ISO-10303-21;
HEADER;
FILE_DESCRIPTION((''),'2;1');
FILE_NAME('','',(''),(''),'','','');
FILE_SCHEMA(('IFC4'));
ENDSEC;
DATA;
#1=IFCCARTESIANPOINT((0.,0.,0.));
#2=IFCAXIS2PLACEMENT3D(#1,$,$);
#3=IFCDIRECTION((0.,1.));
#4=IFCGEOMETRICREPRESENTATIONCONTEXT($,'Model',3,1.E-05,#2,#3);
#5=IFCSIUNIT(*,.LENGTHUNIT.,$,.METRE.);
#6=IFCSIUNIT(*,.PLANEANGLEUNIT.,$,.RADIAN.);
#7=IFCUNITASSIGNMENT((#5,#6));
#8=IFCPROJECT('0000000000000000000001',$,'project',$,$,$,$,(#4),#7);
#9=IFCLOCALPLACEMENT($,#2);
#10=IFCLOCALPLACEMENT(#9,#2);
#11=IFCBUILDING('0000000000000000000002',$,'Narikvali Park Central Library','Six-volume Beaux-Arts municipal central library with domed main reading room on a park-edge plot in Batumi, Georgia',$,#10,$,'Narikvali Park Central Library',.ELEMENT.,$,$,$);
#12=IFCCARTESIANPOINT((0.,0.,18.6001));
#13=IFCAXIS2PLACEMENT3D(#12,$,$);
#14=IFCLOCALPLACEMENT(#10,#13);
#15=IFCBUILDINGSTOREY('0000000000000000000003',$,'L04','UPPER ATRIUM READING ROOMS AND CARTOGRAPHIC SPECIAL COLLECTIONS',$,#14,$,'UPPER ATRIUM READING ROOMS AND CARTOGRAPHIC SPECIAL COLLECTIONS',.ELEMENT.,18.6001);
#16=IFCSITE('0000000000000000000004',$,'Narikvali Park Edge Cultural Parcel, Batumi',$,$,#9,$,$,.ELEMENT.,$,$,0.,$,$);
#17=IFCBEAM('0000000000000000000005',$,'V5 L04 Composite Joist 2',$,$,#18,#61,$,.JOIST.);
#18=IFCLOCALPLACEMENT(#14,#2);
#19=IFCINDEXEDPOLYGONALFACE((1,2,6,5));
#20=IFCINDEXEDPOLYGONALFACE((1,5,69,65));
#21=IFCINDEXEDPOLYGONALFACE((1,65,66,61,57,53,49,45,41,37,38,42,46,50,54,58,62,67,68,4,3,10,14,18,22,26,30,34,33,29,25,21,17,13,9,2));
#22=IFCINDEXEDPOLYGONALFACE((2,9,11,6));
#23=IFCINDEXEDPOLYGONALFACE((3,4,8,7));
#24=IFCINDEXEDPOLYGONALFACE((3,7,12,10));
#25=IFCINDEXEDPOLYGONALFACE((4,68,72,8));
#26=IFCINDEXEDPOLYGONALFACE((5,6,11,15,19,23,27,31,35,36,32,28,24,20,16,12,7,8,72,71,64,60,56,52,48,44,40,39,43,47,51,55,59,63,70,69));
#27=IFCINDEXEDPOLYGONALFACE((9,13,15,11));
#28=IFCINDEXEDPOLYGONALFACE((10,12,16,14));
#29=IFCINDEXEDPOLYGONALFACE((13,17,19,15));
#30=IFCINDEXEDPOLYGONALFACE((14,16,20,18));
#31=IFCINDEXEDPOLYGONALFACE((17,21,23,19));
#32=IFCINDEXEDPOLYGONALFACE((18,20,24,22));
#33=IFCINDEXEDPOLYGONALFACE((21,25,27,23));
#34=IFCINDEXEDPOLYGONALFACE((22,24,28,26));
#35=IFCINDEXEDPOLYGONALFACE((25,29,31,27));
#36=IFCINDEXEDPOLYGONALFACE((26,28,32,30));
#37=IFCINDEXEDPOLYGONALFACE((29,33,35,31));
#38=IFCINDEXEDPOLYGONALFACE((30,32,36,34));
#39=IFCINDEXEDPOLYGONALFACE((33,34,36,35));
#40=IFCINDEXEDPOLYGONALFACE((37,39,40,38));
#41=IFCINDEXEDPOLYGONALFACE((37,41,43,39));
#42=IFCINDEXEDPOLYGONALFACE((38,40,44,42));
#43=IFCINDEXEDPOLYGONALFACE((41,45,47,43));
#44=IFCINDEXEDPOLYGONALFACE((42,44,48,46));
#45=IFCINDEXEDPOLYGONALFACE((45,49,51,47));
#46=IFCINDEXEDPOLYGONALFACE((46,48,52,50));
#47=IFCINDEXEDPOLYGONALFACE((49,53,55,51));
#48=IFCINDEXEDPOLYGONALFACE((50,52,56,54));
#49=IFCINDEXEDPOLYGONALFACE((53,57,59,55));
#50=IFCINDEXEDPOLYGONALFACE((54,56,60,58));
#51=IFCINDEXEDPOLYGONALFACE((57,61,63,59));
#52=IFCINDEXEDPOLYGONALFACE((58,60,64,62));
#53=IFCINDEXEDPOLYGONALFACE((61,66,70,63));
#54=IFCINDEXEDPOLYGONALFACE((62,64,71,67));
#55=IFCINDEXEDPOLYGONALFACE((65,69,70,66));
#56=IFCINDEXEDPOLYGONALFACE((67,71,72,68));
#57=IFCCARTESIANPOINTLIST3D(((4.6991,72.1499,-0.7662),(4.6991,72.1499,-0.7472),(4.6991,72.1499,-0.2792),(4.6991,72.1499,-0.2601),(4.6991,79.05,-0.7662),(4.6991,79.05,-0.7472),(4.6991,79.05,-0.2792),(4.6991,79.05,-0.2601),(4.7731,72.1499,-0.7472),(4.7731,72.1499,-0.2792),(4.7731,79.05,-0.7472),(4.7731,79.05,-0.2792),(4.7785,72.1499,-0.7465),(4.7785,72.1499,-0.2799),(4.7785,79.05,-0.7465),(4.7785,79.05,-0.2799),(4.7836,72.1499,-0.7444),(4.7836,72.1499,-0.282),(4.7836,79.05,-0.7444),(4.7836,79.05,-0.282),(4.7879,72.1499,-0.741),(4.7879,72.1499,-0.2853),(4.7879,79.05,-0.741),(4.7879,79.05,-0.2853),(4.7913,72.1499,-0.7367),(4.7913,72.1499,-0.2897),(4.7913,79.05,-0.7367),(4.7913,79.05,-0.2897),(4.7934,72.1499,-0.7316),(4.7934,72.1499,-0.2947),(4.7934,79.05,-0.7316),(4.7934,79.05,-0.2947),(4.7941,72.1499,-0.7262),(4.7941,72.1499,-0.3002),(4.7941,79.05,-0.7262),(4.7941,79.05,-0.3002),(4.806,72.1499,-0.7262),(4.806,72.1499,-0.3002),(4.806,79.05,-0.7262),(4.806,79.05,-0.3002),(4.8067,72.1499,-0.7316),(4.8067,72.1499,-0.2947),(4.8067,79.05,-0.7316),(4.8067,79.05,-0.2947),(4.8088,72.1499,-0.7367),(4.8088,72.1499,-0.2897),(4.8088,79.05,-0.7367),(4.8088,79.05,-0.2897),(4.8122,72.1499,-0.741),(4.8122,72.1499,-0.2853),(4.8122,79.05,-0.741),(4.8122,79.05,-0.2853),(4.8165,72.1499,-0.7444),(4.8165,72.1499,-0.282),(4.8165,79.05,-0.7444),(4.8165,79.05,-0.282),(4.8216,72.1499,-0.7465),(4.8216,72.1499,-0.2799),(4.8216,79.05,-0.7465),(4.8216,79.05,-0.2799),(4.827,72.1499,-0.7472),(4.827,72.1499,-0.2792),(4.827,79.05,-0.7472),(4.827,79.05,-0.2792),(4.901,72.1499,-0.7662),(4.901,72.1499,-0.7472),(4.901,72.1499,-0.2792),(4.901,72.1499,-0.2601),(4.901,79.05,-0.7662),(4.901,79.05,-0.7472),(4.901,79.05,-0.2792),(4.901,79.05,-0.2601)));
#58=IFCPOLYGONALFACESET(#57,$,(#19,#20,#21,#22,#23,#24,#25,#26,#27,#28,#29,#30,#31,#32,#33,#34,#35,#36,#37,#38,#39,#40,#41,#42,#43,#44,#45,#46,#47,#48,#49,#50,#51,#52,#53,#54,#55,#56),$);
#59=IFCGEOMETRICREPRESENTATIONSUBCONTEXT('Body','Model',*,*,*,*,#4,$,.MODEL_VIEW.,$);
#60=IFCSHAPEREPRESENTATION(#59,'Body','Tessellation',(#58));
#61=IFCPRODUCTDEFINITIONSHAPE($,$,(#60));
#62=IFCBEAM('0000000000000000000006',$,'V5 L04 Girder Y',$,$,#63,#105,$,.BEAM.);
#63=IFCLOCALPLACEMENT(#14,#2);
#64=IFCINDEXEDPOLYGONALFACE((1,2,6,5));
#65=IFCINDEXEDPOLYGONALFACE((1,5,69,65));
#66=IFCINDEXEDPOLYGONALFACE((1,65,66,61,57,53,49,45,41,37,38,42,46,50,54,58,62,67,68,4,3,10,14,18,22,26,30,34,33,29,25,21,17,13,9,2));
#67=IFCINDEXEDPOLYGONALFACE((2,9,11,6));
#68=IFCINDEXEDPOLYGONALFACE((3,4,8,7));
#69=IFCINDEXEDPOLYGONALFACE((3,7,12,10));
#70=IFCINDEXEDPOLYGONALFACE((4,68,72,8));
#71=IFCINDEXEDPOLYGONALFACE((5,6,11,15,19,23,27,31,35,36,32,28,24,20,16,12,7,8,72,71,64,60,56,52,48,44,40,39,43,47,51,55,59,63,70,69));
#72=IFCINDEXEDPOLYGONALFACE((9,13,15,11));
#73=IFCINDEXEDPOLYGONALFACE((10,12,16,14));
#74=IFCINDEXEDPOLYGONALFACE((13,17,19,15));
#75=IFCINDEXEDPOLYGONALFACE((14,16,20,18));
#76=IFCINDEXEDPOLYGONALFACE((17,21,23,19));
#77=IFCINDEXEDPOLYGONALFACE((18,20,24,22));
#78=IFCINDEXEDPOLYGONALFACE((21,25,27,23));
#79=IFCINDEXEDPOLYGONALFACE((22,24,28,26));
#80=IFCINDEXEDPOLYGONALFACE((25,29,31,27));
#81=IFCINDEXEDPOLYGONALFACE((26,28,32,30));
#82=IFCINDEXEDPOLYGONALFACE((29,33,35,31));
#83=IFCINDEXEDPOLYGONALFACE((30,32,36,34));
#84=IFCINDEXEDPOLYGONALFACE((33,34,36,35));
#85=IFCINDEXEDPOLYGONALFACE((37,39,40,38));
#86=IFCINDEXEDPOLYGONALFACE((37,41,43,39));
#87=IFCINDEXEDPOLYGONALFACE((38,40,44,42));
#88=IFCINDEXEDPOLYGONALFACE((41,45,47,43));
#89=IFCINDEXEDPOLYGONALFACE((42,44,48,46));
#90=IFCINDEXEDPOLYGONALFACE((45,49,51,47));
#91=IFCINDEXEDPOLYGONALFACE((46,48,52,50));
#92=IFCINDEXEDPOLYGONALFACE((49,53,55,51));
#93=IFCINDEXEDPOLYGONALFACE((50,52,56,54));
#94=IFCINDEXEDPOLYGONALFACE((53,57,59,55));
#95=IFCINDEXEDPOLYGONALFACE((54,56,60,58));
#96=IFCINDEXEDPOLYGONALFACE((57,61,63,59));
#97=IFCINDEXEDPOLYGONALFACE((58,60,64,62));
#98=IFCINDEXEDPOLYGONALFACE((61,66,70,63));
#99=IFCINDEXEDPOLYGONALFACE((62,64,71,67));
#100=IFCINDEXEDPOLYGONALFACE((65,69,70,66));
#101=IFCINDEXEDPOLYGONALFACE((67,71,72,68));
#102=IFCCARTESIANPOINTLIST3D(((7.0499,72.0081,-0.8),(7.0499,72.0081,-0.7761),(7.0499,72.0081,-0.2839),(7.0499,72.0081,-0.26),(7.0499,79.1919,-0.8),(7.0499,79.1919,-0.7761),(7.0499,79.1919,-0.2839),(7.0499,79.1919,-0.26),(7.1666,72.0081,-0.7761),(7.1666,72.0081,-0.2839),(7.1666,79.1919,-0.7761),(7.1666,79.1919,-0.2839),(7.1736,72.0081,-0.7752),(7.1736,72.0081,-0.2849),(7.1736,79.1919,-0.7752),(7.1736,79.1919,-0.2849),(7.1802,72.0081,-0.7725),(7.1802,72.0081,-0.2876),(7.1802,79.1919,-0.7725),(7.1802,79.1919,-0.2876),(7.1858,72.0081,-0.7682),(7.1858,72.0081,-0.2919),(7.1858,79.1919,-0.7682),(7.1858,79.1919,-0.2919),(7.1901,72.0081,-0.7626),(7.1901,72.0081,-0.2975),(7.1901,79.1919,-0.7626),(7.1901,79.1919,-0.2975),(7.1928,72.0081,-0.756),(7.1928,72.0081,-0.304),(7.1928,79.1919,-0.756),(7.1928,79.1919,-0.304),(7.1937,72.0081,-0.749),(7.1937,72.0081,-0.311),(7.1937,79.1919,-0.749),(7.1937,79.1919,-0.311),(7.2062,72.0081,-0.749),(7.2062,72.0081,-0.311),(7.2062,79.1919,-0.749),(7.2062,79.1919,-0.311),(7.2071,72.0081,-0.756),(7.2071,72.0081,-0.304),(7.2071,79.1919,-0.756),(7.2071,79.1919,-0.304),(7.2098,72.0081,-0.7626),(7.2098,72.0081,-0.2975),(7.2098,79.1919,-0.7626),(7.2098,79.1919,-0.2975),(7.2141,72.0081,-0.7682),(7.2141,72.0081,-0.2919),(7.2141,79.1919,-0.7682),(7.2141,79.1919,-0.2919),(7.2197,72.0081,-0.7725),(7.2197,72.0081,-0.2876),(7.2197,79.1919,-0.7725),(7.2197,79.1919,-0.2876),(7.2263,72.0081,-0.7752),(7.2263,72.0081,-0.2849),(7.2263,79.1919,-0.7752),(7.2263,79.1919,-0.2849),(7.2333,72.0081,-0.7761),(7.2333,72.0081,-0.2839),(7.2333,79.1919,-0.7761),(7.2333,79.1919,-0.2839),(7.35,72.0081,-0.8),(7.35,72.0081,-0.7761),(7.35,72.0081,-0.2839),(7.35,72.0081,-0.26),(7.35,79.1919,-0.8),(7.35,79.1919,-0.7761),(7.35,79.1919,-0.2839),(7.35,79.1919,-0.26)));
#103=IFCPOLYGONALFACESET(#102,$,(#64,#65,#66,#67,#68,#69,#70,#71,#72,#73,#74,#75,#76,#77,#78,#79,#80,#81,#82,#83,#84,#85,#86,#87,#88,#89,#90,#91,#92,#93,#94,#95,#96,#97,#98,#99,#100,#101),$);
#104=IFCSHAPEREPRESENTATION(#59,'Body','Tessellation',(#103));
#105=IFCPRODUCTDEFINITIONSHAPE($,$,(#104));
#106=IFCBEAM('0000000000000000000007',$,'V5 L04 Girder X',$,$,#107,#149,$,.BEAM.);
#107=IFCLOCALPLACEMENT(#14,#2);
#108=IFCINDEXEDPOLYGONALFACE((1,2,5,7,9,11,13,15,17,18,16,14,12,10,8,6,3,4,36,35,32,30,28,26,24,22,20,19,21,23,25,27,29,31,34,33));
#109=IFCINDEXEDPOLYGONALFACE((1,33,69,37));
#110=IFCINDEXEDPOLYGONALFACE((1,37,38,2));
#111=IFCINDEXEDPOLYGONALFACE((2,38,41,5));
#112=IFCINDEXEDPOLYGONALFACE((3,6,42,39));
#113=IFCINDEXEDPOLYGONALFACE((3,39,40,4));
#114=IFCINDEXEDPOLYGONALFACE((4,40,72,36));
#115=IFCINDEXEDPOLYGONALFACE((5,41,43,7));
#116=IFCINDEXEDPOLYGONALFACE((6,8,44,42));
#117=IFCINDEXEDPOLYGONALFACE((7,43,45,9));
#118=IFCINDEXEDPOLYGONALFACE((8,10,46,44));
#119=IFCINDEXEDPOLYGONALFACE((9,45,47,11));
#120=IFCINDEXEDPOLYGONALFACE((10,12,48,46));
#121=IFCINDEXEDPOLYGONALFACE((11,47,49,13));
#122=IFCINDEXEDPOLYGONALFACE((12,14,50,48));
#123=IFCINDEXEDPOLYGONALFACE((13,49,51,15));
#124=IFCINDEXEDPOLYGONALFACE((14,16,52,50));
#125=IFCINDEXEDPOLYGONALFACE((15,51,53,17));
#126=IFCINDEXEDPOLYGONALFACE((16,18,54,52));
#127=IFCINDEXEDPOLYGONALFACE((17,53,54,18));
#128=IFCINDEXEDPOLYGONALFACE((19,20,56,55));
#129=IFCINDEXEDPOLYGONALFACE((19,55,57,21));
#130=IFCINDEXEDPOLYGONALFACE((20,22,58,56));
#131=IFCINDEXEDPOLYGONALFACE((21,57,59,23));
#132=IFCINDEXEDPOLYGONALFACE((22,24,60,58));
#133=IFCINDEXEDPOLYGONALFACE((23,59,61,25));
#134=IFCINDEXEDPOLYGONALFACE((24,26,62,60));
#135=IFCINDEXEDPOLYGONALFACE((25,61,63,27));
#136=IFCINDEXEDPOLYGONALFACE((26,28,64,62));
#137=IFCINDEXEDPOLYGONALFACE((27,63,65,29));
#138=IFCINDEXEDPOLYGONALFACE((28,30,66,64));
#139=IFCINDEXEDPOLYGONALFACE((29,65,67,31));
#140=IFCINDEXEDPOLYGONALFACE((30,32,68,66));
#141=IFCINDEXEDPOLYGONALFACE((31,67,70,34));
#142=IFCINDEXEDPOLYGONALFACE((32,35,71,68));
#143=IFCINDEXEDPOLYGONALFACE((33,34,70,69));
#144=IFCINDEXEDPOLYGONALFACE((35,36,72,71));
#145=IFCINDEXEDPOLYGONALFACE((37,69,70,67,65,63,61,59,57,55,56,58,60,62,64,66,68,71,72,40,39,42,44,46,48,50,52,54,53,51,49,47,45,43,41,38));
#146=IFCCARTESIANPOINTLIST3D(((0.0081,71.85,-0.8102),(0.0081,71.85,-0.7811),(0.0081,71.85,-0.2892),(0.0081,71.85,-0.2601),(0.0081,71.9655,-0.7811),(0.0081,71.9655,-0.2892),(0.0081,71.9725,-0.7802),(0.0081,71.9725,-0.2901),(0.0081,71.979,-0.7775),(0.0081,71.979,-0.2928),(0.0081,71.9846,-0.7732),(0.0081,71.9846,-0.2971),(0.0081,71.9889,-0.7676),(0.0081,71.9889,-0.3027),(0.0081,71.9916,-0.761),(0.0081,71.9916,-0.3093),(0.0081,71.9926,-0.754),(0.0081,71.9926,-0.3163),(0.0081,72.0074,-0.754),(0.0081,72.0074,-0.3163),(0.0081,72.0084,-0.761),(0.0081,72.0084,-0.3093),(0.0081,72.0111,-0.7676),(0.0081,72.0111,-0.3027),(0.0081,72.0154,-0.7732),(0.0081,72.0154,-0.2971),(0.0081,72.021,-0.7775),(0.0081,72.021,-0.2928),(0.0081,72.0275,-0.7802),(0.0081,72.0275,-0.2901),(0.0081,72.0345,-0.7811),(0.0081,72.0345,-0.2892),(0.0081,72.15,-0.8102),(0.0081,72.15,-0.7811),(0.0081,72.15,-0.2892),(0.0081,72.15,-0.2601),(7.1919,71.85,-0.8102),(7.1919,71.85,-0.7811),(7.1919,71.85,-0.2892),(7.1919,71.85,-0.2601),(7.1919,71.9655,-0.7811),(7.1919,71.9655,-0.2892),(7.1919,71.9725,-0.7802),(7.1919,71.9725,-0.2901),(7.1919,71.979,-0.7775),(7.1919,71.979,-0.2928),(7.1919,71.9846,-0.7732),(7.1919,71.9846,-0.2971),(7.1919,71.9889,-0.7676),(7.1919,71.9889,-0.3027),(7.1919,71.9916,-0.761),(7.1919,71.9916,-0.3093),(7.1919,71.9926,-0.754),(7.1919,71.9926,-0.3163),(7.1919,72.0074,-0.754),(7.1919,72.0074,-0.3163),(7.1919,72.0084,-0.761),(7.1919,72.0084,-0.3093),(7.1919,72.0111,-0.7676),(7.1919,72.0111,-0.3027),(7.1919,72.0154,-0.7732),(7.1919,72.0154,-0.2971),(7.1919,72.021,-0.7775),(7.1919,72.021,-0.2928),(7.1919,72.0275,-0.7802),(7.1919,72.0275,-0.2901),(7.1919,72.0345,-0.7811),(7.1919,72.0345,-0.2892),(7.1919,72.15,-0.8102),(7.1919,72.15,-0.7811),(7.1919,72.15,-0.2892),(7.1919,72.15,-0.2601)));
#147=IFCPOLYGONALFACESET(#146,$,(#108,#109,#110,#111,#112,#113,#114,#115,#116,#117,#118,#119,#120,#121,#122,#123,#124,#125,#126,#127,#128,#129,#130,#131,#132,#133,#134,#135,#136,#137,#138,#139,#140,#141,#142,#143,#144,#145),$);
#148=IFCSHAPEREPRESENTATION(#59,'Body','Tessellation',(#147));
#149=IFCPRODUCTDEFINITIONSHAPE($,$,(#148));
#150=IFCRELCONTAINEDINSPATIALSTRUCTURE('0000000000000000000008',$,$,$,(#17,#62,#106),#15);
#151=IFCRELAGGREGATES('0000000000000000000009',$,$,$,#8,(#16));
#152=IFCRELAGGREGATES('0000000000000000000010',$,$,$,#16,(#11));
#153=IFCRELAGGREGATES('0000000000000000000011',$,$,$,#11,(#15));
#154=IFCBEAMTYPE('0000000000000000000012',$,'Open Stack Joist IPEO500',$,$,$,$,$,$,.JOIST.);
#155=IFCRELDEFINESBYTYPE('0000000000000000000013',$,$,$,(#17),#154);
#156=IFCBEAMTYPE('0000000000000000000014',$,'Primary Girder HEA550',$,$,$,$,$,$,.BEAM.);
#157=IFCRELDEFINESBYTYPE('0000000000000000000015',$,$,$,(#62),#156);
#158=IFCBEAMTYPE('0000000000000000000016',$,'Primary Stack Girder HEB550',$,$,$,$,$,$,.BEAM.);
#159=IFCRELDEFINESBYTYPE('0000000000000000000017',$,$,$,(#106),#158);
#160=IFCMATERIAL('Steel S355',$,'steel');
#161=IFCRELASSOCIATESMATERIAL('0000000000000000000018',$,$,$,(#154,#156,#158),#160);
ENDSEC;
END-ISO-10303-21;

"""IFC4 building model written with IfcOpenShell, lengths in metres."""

from ifc_helpers import new_model, si_unit, direction, frame, origin, origin_2d, place, context, subcontext, project, spatial, i_section, extrude, material, material_profile, profile_set, type_object, element, save


model = new_model("IFC4")

# Units and contexts
model_context = context("Model", 3, precision=1e-05, world=origin(), true_north=direction((0.0, 1.0)))
body_context = subcontext(model_context, "Body", "Model", "MODEL_VIEW")
ifc_project = project(units=[si_unit("LENGTHUNIT", "METRE"), si_unit("PLANEANGLEUNIT", "RADIAN")], contexts=[model_context])

# Site, building, storey
site_placement = place(None, origin())
site = spatial("IfcSite", under=ifc_project, at=site_placement, Name="Narikvali Park Edge Cultural Parcel, Batumi", CompositionType="ELEMENT", RefElevation=0.0)
building_placement = place(site_placement, origin())
building = spatial("IfcBuilding", under=site, at=building_placement, Name="Narikvali Park Central Library", Description="Six-volume Beaux-Arts municipal central library with domed main reading room on a park-edge plot in Batumi, Georgia", LongName="Narikvali Park Central Library", CompositionType="ELEMENT")
storey_placement = place(building_placement, frame((0.0, 0.0, 18.6001)))
storey = spatial("IfcBuildingStorey", under=building, at=storey_placement, Name="L04", Description="UPPER ATRIUM READING ROOMS AND CARTOGRAPHIC SPECIAL COLLECTIONS", LongName="UPPER ATRIUM READING ROOMS AND CARTOGRAPHIC SPECIAL COLLECTIONS", CompositionType="ELEMENT", Elevation=18.6001)

# Shared definitions
ifc_material_1 = material(Name="Steel S355", Category="steel")

# Beams
ifc_material_profile_1 = material_profile(ifc_material_1, i_section(OverallWidth=0.2019, OverallDepth=0.5061, WebThickness=0.012, FlangeThickness=0.019, FilletRadius=0.021, at=origin_2d()), Name="IPEO 500")
ifc_profile_set_1 = profile_set([ifc_material_profile_1], Name="Steel S355")
beam_type_1 = type_object("IfcBeamType", Name="Open Stack Joist IPEO500", PredefinedType="JOIST", material=ifc_profile_set_1)
for number, where, z_axis, x_axis, name in (
    (1, (4.8, 72.1499, -0.5132), (0.0, 1.0, 0.0), (-1.0, 0.0, 0.0), "V5 L04 Composite Joist 2"),
):
    element("IfcBeam", number, at=place(storey_placement, frame(where, z_axis=z_axis, x_axis=x_axis)), inside=storey, type_object=beam_type_1, Name=name, PredefinedType="JOIST", context=body_context, shape_type="SweptSolid", body=[
        extrude(i_section(OverallWidth=0.2019, OverallDepth=0.5061, WebThickness=0.012, FlangeThickness=0.019, FilletRadius=0.021, at=origin_2d()), origin(), (0.0, 0.0, 1.0), 6.9001),
    ])
ifc_material_profile_2 = material_profile(ifc_material_1, i_section(OverallWidth=0.3, OverallDepth=0.54, WebThickness=0.0125, FlangeThickness=0.0239, FilletRadius=0.0271, at=origin_2d()), Name="HEA 550")
ifc_profile_set_2 = profile_set([ifc_material_profile_2], Name="Steel S355")
beam_type_2 = type_object("IfcBeamType", Name="Primary Girder HEA550", PredefinedType="BEAM", material=ifc_profile_set_2)
beam_1_placement = place(storey_placement, frame((7.2, 72.0081, -0.53), z_axis=(0.0, 1.0, 0.0), x_axis=(-1.0, 0.0, 0.0)))
element("IfcBeam", 2, at=beam_1_placement, inside=storey, type_object=beam_type_2, Name="V5 L04 Girder Y", PredefinedType="BEAM", context=body_context, shape_type="SweptSolid", body=[
    extrude(i_section(OverallWidth=0.3, OverallDepth=0.54, WebThickness=0.0125, FlangeThickness=0.0239, FilletRadius=0.0271, at=origin_2d()), origin(), (0.0, 0.0, 1.0), 7.1838),
])
ifc_material_profile_3 = material_profile(ifc_material_1, i_section(OverallWidth=0.3, OverallDepth=0.55, WebThickness=0.0149, FlangeThickness=0.0291, FilletRadius=0.0271, at=origin_2d()), Name="HEB 550")
ifc_profile_set_3 = profile_set([ifc_material_profile_3], Name="Steel S355")
beam_type_3 = type_object("IfcBeamType", Name="Primary Stack Girder HEB550", PredefinedType="BEAM", material=ifc_profile_set_3)
beam_2_placement = place(storey_placement, frame((0.0081, 72.0, -0.5352), z_axis=(1.0, 0.0, 0.0), x_axis=(0.0, 1.0, 0.0)))
element("IfcBeam", 3, at=beam_2_placement, inside=storey, type_object=beam_type_3, Name="V5 L04 Girder X", PredefinedType="BEAM", context=body_context, shape_type="SweptSolid", body=[
    extrude(i_section(OverallWidth=0.3, OverallDepth=0.55, WebThickness=0.0149, FlangeThickness=0.0291, FilletRadius=0.0271, at=origin_2d()), origin(), (0.0, 0.0, 1.0), 7.1838),
])

save(model, "model.ifc")
